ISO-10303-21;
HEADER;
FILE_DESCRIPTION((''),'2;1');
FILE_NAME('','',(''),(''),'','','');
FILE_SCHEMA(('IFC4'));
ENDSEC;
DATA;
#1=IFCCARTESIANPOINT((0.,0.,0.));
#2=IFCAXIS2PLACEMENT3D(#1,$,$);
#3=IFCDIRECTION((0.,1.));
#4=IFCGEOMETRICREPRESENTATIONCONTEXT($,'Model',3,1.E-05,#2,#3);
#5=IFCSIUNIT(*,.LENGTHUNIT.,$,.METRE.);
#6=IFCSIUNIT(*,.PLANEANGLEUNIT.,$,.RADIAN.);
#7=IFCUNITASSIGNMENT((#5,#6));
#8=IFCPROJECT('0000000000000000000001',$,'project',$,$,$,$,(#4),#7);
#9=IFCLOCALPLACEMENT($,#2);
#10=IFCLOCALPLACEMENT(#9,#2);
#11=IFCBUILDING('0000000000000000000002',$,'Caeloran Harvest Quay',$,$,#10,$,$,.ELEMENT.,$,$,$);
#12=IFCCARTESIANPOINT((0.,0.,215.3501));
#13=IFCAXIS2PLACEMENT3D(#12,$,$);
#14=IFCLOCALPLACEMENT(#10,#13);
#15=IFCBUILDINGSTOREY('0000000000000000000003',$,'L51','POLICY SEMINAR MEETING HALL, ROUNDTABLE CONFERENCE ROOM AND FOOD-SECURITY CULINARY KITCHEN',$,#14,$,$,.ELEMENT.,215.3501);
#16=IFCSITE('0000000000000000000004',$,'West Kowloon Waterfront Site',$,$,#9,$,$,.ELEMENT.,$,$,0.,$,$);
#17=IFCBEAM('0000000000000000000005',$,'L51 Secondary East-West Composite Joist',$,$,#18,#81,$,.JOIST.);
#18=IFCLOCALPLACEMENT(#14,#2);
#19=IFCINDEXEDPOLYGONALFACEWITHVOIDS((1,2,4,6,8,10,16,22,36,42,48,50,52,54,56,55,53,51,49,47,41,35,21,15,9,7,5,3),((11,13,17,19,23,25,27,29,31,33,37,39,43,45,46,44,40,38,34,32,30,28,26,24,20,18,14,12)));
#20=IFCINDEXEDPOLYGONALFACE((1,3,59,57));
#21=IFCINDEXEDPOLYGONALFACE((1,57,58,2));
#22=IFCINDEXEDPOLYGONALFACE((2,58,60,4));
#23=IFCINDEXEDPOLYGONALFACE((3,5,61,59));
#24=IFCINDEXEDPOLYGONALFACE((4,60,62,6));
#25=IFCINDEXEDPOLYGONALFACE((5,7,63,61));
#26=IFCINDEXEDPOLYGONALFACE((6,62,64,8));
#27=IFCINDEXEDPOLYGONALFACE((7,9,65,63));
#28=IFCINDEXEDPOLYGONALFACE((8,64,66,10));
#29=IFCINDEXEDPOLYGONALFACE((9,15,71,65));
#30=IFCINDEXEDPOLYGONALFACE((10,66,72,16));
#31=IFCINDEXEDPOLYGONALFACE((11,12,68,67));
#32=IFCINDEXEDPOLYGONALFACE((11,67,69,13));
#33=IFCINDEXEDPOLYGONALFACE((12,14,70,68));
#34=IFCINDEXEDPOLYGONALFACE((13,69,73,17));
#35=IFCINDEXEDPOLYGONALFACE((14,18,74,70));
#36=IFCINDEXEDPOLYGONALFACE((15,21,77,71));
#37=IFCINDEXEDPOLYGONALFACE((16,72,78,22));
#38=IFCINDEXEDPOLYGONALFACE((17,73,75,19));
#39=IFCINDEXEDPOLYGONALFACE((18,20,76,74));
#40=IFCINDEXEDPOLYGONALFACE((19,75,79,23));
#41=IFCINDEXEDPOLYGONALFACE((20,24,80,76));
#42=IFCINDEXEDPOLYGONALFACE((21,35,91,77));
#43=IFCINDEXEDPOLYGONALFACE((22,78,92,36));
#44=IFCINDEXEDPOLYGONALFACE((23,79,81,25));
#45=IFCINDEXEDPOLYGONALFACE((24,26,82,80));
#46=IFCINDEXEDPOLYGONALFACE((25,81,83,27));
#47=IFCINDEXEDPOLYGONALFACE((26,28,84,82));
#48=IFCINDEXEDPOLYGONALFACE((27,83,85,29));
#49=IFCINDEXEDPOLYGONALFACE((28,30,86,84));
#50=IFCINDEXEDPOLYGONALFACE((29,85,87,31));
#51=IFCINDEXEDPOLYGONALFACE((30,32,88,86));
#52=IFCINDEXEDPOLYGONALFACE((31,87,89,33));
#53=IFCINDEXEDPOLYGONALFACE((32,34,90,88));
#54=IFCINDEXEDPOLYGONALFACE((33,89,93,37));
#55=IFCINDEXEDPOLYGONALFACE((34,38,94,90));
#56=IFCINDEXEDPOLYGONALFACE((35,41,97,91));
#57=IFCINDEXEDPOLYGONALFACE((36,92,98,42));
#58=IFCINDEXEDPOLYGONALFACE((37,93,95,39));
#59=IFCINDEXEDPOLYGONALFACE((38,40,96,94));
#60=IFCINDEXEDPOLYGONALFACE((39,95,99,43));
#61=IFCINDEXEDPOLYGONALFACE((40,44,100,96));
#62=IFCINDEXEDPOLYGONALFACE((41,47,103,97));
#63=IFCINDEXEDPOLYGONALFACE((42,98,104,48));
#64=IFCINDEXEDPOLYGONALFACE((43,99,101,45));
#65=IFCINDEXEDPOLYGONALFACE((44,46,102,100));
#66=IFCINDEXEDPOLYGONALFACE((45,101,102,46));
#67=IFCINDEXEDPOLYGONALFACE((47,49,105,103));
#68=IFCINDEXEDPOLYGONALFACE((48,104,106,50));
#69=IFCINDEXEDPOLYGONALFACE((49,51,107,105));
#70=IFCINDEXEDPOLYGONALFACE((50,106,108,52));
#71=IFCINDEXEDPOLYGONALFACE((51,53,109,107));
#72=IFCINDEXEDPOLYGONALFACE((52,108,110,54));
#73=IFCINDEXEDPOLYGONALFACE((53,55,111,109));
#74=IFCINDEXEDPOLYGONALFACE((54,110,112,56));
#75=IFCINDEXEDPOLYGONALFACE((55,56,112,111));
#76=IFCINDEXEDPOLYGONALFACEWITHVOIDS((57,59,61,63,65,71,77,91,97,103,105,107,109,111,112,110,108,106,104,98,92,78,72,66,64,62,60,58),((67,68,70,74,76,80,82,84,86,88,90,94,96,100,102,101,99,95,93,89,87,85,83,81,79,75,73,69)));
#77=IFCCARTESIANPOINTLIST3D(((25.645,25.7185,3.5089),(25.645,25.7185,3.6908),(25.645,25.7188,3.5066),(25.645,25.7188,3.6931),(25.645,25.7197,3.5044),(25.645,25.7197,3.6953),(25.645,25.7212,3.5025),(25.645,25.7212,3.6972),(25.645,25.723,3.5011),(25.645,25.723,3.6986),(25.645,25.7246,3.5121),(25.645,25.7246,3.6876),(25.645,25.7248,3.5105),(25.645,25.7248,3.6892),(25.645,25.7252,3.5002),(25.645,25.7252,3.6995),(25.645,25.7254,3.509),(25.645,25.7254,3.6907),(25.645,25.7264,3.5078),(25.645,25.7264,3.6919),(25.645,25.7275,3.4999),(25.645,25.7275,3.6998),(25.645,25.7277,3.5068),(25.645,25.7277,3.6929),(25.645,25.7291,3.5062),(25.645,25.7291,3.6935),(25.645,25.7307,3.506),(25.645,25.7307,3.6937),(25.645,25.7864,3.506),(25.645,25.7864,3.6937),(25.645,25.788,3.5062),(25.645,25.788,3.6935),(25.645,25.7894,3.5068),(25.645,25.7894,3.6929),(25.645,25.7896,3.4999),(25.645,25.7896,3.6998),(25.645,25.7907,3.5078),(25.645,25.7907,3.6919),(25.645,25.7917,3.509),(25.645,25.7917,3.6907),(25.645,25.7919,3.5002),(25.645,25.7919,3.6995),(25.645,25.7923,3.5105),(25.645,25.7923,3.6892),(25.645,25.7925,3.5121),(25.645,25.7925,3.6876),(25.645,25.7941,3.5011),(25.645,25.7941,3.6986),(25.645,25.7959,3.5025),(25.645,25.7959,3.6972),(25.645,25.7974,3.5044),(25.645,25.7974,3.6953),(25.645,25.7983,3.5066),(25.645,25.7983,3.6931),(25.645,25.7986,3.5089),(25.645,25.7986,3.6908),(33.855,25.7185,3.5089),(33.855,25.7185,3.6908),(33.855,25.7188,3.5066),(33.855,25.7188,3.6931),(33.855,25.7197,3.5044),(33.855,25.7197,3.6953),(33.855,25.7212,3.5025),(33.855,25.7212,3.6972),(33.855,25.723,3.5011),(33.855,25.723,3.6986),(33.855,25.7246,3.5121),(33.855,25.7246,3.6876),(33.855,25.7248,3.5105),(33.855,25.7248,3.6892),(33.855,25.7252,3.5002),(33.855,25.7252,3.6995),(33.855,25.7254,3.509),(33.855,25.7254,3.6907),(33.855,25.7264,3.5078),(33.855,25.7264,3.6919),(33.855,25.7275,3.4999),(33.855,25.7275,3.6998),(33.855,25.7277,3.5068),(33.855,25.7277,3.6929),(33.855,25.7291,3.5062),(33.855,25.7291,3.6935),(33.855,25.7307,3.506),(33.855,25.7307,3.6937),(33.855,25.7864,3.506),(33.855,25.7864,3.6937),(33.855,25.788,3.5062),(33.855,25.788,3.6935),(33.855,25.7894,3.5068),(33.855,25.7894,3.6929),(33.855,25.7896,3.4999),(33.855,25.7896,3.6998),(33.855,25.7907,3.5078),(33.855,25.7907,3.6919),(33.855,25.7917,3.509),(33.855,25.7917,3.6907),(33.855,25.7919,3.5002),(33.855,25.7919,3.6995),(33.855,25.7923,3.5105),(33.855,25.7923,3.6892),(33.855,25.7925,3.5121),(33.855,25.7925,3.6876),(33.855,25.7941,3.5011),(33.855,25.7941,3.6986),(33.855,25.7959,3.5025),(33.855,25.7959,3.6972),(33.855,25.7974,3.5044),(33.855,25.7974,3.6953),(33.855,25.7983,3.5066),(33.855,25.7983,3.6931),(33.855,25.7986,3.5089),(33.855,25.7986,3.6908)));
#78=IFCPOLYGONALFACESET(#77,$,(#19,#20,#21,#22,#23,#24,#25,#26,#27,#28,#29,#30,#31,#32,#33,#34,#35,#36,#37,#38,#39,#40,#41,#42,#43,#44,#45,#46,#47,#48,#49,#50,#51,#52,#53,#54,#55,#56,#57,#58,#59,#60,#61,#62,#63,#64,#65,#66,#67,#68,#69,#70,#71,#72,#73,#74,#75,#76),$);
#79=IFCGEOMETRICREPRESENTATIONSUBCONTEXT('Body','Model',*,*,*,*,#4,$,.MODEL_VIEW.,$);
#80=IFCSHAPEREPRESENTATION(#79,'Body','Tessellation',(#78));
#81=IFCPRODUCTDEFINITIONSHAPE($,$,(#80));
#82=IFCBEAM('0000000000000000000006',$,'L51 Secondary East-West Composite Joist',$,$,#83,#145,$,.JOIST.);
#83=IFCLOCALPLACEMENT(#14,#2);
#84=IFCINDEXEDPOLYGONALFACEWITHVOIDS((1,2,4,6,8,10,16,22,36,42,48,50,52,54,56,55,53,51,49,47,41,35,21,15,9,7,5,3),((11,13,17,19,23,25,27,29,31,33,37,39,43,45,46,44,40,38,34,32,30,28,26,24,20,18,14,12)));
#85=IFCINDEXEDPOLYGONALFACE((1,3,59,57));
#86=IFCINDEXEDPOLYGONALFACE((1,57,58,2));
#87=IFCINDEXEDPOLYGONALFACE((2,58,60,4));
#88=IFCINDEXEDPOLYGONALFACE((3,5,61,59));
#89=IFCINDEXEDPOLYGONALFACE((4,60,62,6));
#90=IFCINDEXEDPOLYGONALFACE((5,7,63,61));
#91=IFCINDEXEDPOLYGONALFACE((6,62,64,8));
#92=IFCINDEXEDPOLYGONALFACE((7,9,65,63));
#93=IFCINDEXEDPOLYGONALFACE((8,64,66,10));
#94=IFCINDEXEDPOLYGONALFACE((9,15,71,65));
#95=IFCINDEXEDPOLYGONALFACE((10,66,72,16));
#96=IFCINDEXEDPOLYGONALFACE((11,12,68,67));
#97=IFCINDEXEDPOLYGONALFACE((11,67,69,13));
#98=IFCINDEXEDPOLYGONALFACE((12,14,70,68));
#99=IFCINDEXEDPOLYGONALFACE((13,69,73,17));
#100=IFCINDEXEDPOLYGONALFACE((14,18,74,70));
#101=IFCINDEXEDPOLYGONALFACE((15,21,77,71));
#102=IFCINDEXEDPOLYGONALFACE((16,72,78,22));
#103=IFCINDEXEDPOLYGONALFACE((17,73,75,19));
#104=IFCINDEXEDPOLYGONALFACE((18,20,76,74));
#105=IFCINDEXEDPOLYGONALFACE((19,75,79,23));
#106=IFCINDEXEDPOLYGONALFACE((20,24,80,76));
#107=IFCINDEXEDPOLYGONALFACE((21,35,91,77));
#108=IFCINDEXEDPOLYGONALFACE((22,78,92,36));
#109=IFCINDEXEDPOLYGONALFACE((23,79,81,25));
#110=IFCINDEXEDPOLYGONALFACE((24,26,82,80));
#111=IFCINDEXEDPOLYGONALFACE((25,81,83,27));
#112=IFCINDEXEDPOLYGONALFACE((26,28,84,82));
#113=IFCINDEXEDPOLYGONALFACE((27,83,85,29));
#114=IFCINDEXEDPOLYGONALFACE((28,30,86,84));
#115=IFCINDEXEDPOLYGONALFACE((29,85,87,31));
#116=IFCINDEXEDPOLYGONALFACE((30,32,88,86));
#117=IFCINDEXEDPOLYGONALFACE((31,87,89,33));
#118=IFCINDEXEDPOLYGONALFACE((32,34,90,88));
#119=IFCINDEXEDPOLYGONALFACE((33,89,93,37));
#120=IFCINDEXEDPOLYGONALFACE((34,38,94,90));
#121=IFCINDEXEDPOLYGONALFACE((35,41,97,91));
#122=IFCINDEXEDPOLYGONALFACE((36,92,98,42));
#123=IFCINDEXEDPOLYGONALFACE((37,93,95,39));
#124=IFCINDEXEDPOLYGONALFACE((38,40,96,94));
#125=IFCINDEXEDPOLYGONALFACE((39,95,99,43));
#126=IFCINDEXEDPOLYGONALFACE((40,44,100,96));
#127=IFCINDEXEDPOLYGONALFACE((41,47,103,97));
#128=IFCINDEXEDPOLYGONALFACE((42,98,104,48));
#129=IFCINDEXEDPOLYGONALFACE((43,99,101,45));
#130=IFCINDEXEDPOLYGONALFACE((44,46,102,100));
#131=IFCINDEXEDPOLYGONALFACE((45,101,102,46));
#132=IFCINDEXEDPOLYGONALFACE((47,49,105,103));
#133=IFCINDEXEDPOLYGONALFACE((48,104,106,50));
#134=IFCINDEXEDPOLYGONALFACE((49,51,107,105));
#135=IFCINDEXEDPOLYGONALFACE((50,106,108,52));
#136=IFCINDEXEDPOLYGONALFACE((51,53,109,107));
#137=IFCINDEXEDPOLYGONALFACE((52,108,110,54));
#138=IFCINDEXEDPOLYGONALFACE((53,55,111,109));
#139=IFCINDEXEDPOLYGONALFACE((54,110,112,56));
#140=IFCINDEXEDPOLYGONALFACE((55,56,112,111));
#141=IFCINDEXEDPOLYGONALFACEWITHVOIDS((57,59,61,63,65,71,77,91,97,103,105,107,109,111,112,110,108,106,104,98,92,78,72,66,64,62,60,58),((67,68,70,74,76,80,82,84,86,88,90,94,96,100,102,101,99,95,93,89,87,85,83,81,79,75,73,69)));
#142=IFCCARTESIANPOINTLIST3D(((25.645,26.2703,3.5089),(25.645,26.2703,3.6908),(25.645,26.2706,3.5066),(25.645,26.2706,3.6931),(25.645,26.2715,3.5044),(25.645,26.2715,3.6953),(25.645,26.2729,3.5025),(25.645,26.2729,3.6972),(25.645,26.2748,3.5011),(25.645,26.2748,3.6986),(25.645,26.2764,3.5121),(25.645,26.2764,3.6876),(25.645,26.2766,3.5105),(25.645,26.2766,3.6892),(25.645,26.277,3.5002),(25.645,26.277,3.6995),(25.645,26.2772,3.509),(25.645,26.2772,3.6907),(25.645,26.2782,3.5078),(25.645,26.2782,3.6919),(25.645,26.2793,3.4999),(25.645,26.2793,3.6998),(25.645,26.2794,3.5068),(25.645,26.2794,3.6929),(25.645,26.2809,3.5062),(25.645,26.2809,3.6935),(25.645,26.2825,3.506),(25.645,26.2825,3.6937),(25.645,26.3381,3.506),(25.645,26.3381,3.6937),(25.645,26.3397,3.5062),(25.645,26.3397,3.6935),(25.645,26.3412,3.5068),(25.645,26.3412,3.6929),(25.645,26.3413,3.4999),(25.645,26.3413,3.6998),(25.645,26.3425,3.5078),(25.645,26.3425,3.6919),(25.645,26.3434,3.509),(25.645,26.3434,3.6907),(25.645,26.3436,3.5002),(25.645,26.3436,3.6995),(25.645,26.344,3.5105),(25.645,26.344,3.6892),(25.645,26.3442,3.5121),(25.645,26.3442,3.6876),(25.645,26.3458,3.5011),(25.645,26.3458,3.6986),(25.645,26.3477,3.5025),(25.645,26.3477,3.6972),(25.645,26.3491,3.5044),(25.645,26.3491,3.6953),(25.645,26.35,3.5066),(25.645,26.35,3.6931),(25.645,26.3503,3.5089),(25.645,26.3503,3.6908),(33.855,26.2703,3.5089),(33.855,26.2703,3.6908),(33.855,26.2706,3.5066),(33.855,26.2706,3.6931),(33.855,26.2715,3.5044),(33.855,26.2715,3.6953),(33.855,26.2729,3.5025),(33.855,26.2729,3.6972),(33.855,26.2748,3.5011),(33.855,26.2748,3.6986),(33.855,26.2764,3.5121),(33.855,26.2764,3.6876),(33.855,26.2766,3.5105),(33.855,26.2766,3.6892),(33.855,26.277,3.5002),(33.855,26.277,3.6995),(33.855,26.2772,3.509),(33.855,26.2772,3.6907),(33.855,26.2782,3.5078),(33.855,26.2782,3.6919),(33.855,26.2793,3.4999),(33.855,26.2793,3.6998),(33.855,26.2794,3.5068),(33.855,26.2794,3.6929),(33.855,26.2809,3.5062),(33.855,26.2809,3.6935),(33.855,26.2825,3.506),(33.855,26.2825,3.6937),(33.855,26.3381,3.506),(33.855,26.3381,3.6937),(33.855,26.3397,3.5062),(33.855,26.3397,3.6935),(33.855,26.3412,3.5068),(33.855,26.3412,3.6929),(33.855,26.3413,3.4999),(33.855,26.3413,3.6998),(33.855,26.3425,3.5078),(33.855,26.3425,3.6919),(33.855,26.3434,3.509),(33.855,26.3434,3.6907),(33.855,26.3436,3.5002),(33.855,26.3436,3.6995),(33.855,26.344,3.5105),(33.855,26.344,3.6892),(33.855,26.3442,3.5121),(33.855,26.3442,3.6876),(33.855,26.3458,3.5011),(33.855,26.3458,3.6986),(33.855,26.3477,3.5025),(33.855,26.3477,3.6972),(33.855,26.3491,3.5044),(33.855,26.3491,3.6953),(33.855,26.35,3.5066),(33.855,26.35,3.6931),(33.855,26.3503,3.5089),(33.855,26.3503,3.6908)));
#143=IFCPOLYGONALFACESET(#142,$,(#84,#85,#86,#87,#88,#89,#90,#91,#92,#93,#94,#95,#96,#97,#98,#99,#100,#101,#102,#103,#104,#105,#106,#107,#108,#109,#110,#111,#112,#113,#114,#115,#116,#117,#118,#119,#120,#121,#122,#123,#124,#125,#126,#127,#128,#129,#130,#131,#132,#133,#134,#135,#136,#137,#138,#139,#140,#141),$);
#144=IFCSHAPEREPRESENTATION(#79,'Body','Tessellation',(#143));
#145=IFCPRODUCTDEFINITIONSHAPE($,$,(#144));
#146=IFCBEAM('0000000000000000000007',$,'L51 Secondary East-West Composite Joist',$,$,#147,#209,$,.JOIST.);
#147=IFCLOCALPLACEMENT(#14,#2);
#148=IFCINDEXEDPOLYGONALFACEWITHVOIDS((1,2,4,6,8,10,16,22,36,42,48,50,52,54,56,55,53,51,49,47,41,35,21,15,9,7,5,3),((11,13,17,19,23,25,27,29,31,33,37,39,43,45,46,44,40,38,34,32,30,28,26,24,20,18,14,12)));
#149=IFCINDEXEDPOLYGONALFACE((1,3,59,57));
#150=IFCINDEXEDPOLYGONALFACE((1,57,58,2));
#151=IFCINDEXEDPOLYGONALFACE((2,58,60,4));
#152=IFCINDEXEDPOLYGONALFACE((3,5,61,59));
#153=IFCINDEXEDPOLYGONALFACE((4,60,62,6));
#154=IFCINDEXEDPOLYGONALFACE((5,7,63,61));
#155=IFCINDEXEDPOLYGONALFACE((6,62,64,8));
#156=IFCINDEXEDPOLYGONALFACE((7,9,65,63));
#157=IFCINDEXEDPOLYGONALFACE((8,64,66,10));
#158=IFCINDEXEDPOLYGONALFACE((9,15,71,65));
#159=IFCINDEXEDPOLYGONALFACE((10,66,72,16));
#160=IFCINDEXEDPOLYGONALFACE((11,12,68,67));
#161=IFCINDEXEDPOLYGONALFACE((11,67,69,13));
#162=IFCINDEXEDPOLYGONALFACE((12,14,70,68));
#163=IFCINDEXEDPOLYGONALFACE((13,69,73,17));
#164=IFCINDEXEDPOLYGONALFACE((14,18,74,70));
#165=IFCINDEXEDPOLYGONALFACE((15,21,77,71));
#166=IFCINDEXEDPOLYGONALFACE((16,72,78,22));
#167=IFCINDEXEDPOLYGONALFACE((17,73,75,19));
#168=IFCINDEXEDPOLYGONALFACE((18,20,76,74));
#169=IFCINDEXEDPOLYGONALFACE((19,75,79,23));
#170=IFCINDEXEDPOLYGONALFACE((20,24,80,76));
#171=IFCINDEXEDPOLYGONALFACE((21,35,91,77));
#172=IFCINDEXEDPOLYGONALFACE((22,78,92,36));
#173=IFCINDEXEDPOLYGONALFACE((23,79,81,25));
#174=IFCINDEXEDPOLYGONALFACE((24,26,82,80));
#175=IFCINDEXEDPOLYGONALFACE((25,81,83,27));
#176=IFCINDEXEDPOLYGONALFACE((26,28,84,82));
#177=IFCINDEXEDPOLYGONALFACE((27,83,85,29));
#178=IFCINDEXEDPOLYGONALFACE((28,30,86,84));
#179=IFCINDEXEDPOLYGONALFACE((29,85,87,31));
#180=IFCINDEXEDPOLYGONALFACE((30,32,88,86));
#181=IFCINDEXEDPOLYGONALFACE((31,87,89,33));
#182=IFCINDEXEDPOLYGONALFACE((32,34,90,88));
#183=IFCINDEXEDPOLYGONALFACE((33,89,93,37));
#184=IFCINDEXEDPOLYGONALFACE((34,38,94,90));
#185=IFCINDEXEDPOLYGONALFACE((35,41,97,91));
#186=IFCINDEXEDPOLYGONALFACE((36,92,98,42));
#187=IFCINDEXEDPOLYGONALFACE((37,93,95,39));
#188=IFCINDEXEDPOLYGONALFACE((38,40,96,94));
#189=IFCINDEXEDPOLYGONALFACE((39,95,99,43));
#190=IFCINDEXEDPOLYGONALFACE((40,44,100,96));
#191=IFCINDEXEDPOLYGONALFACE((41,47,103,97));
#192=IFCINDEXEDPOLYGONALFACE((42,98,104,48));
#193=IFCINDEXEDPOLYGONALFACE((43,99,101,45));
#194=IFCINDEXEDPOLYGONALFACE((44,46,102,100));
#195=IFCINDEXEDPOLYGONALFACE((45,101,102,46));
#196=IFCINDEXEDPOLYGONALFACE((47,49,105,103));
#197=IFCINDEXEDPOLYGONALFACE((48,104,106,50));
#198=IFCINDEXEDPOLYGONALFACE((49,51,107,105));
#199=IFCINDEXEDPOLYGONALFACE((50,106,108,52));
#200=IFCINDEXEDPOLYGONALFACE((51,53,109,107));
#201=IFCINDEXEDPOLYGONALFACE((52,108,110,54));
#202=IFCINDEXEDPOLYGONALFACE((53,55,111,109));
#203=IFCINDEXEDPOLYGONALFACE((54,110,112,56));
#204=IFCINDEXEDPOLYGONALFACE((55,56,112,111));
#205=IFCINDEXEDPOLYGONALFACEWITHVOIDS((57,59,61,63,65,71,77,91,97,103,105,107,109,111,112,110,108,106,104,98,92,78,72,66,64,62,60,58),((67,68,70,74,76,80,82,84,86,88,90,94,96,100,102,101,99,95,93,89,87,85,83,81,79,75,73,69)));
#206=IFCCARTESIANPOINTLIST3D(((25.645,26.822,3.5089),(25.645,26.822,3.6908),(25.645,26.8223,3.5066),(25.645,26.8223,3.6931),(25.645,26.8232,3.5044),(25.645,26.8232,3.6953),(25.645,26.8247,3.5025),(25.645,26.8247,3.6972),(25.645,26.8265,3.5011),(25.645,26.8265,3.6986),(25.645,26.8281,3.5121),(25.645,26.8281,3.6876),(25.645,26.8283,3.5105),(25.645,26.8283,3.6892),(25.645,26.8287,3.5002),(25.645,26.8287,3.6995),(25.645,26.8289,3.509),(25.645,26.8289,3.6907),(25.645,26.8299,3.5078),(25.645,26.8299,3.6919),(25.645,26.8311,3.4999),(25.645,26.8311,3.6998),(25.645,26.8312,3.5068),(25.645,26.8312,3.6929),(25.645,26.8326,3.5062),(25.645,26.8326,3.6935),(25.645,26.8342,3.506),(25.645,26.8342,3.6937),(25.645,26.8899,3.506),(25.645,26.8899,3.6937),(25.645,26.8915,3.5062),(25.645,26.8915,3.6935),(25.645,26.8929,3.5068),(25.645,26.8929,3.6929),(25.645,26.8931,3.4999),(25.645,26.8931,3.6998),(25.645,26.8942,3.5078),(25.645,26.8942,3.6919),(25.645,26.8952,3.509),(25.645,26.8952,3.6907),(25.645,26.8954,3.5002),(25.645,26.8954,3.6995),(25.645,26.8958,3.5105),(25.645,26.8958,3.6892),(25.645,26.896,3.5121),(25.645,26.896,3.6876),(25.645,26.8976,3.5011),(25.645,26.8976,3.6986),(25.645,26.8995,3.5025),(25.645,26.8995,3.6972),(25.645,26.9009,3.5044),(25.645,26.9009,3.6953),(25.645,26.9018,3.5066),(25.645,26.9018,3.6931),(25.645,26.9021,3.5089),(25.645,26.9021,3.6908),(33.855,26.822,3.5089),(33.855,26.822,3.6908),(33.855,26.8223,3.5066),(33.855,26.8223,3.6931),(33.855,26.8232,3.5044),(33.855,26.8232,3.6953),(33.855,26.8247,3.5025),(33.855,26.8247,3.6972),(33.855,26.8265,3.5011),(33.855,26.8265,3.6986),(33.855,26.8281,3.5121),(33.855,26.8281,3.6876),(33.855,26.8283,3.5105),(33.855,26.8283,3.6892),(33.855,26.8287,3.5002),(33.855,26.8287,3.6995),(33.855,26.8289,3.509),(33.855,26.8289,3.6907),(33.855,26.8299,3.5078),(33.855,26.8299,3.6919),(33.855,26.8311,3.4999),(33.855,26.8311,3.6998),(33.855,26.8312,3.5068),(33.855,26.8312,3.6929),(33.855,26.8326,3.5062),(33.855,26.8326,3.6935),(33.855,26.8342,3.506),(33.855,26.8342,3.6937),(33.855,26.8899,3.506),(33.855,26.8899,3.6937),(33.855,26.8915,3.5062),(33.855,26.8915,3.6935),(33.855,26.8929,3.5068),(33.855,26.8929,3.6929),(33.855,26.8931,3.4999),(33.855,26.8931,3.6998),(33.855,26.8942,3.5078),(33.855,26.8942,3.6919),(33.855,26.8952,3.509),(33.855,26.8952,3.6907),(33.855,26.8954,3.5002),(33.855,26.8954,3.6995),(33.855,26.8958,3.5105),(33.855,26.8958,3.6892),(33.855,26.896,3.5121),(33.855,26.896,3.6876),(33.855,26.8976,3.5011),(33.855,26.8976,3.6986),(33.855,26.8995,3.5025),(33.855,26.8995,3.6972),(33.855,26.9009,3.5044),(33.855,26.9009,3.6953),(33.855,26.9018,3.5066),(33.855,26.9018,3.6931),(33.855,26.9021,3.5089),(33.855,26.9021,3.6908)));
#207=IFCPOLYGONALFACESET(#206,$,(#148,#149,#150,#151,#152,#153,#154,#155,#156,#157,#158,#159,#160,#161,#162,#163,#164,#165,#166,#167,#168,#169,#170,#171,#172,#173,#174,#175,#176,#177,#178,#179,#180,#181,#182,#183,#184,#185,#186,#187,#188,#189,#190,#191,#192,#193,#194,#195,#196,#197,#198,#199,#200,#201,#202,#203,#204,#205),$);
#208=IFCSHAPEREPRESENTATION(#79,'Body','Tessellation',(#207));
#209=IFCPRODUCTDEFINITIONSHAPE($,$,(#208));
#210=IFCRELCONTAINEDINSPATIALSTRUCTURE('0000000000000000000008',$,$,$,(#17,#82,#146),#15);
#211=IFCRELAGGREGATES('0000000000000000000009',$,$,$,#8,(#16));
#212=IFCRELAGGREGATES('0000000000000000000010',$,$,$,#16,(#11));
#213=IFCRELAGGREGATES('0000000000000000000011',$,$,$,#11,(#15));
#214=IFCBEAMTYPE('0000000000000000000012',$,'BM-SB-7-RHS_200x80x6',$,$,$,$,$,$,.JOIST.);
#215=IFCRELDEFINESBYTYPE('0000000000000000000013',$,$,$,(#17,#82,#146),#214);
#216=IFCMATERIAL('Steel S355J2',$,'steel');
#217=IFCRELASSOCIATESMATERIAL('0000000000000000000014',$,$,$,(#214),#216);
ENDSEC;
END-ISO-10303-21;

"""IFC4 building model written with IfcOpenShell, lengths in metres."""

from ifc_helpers import new_model, si_unit, direction, frame, origin, origin_2d, place, context, subcontext, project, spatial, hollow_rectangle, extrude, material, material_profile, profile_set, type_object, element, save


model = new_model("IFC4")

# Units and contexts
model_context = context("Model", 3, precision=1e-05, world=origin(), true_north=direction((0.0, 1.0)))
body_context = subcontext(model_context, "Body", "Model", "MODEL_VIEW")
ifc_project = project(units=[si_unit("LENGTHUNIT", "METRE"), si_unit("PLANEANGLEUNIT", "RADIAN")], contexts=[model_context])

# Site, building, storey
site_placement = place(None, origin())
site = spatial("IfcSite", under=ifc_project, at=site_placement, Name="West Kowloon Waterfront Site", CompositionType="ELEMENT", RefElevation=0.0)
building_placement = place(site_placement, origin())
building = spatial("IfcBuilding", under=site, at=building_placement, Name="Caeloran Harvest Quay", CompositionType="ELEMENT")
storey_placement = place(building_placement, frame((0.0, 0.0, 215.3501)))
storey = spatial("IfcBuildingStorey", under=building, at=storey_placement, Name="L51", Description="POLICY SEMINAR MEETING HALL, ROUNDTABLE CONFERENCE ROOM AND FOOD-SECURITY CULINARY KITCHEN", CompositionType="ELEMENT", Elevation=215.3501)

# Beams
ifc_material_1 = material(Name="Steel S355J2", Category="steel")
ifc_material_profile_1 = material_profile(ifc_material_1, hollow_rectangle(XDim=0.0801, YDim=0.2, WallThickness=0.0061, InnerFilletRadius=0.0061, OuterFilletRadius=0.009, at=origin_2d()), Name="RHS 200x80x6")
ifc_profile_set_1 = profile_set([ifc_material_profile_1], Name="Steel S355J2")
beam_type_1 = type_object("IfcBeamType", Name="BM-SB-7-RHS_200x80x6", PredefinedType="JOIST", material=ifc_profile_set_1)
for number, where, z_axis, x_axis, name in (
    (1, (25.645, 25.7585, 3.5999), (1.0, 0.0, 0.0), (0.0, 1.0, 0.0), "L51 Secondary East-West Composite Joist"),
    (2, (25.645, 26.3103, 3.5999), (1.0, 0.0, 0.0), (0.0, 1.0, 0.0), "L51 Secondary East-West Composite Joist"),
    (3, (25.645, 26.8621, 3.5999), (1.0, 0.0, 0.0), (0.0, 1.0, 0.0), "L51 Secondary East-West Composite Joist"),
):
    element("IfcBeam", number, at=place(storey_placement, frame(where, z_axis=z_axis, x_axis=x_axis)), inside=storey, type_object=beam_type_1, Name=name, PredefinedType="JOIST", context=body_context, shape_type="SweptSolid", body=[
        extrude(hollow_rectangle(XDim=0.0801, YDim=0.2, WallThickness=0.0061, InnerFilletRadius=0.0061, OuterFilletRadius=0.009, at=origin_2d()), origin(), (0.0, 0.0, 1.0), 8.21),
    ])

save(model, "model.ifc")
